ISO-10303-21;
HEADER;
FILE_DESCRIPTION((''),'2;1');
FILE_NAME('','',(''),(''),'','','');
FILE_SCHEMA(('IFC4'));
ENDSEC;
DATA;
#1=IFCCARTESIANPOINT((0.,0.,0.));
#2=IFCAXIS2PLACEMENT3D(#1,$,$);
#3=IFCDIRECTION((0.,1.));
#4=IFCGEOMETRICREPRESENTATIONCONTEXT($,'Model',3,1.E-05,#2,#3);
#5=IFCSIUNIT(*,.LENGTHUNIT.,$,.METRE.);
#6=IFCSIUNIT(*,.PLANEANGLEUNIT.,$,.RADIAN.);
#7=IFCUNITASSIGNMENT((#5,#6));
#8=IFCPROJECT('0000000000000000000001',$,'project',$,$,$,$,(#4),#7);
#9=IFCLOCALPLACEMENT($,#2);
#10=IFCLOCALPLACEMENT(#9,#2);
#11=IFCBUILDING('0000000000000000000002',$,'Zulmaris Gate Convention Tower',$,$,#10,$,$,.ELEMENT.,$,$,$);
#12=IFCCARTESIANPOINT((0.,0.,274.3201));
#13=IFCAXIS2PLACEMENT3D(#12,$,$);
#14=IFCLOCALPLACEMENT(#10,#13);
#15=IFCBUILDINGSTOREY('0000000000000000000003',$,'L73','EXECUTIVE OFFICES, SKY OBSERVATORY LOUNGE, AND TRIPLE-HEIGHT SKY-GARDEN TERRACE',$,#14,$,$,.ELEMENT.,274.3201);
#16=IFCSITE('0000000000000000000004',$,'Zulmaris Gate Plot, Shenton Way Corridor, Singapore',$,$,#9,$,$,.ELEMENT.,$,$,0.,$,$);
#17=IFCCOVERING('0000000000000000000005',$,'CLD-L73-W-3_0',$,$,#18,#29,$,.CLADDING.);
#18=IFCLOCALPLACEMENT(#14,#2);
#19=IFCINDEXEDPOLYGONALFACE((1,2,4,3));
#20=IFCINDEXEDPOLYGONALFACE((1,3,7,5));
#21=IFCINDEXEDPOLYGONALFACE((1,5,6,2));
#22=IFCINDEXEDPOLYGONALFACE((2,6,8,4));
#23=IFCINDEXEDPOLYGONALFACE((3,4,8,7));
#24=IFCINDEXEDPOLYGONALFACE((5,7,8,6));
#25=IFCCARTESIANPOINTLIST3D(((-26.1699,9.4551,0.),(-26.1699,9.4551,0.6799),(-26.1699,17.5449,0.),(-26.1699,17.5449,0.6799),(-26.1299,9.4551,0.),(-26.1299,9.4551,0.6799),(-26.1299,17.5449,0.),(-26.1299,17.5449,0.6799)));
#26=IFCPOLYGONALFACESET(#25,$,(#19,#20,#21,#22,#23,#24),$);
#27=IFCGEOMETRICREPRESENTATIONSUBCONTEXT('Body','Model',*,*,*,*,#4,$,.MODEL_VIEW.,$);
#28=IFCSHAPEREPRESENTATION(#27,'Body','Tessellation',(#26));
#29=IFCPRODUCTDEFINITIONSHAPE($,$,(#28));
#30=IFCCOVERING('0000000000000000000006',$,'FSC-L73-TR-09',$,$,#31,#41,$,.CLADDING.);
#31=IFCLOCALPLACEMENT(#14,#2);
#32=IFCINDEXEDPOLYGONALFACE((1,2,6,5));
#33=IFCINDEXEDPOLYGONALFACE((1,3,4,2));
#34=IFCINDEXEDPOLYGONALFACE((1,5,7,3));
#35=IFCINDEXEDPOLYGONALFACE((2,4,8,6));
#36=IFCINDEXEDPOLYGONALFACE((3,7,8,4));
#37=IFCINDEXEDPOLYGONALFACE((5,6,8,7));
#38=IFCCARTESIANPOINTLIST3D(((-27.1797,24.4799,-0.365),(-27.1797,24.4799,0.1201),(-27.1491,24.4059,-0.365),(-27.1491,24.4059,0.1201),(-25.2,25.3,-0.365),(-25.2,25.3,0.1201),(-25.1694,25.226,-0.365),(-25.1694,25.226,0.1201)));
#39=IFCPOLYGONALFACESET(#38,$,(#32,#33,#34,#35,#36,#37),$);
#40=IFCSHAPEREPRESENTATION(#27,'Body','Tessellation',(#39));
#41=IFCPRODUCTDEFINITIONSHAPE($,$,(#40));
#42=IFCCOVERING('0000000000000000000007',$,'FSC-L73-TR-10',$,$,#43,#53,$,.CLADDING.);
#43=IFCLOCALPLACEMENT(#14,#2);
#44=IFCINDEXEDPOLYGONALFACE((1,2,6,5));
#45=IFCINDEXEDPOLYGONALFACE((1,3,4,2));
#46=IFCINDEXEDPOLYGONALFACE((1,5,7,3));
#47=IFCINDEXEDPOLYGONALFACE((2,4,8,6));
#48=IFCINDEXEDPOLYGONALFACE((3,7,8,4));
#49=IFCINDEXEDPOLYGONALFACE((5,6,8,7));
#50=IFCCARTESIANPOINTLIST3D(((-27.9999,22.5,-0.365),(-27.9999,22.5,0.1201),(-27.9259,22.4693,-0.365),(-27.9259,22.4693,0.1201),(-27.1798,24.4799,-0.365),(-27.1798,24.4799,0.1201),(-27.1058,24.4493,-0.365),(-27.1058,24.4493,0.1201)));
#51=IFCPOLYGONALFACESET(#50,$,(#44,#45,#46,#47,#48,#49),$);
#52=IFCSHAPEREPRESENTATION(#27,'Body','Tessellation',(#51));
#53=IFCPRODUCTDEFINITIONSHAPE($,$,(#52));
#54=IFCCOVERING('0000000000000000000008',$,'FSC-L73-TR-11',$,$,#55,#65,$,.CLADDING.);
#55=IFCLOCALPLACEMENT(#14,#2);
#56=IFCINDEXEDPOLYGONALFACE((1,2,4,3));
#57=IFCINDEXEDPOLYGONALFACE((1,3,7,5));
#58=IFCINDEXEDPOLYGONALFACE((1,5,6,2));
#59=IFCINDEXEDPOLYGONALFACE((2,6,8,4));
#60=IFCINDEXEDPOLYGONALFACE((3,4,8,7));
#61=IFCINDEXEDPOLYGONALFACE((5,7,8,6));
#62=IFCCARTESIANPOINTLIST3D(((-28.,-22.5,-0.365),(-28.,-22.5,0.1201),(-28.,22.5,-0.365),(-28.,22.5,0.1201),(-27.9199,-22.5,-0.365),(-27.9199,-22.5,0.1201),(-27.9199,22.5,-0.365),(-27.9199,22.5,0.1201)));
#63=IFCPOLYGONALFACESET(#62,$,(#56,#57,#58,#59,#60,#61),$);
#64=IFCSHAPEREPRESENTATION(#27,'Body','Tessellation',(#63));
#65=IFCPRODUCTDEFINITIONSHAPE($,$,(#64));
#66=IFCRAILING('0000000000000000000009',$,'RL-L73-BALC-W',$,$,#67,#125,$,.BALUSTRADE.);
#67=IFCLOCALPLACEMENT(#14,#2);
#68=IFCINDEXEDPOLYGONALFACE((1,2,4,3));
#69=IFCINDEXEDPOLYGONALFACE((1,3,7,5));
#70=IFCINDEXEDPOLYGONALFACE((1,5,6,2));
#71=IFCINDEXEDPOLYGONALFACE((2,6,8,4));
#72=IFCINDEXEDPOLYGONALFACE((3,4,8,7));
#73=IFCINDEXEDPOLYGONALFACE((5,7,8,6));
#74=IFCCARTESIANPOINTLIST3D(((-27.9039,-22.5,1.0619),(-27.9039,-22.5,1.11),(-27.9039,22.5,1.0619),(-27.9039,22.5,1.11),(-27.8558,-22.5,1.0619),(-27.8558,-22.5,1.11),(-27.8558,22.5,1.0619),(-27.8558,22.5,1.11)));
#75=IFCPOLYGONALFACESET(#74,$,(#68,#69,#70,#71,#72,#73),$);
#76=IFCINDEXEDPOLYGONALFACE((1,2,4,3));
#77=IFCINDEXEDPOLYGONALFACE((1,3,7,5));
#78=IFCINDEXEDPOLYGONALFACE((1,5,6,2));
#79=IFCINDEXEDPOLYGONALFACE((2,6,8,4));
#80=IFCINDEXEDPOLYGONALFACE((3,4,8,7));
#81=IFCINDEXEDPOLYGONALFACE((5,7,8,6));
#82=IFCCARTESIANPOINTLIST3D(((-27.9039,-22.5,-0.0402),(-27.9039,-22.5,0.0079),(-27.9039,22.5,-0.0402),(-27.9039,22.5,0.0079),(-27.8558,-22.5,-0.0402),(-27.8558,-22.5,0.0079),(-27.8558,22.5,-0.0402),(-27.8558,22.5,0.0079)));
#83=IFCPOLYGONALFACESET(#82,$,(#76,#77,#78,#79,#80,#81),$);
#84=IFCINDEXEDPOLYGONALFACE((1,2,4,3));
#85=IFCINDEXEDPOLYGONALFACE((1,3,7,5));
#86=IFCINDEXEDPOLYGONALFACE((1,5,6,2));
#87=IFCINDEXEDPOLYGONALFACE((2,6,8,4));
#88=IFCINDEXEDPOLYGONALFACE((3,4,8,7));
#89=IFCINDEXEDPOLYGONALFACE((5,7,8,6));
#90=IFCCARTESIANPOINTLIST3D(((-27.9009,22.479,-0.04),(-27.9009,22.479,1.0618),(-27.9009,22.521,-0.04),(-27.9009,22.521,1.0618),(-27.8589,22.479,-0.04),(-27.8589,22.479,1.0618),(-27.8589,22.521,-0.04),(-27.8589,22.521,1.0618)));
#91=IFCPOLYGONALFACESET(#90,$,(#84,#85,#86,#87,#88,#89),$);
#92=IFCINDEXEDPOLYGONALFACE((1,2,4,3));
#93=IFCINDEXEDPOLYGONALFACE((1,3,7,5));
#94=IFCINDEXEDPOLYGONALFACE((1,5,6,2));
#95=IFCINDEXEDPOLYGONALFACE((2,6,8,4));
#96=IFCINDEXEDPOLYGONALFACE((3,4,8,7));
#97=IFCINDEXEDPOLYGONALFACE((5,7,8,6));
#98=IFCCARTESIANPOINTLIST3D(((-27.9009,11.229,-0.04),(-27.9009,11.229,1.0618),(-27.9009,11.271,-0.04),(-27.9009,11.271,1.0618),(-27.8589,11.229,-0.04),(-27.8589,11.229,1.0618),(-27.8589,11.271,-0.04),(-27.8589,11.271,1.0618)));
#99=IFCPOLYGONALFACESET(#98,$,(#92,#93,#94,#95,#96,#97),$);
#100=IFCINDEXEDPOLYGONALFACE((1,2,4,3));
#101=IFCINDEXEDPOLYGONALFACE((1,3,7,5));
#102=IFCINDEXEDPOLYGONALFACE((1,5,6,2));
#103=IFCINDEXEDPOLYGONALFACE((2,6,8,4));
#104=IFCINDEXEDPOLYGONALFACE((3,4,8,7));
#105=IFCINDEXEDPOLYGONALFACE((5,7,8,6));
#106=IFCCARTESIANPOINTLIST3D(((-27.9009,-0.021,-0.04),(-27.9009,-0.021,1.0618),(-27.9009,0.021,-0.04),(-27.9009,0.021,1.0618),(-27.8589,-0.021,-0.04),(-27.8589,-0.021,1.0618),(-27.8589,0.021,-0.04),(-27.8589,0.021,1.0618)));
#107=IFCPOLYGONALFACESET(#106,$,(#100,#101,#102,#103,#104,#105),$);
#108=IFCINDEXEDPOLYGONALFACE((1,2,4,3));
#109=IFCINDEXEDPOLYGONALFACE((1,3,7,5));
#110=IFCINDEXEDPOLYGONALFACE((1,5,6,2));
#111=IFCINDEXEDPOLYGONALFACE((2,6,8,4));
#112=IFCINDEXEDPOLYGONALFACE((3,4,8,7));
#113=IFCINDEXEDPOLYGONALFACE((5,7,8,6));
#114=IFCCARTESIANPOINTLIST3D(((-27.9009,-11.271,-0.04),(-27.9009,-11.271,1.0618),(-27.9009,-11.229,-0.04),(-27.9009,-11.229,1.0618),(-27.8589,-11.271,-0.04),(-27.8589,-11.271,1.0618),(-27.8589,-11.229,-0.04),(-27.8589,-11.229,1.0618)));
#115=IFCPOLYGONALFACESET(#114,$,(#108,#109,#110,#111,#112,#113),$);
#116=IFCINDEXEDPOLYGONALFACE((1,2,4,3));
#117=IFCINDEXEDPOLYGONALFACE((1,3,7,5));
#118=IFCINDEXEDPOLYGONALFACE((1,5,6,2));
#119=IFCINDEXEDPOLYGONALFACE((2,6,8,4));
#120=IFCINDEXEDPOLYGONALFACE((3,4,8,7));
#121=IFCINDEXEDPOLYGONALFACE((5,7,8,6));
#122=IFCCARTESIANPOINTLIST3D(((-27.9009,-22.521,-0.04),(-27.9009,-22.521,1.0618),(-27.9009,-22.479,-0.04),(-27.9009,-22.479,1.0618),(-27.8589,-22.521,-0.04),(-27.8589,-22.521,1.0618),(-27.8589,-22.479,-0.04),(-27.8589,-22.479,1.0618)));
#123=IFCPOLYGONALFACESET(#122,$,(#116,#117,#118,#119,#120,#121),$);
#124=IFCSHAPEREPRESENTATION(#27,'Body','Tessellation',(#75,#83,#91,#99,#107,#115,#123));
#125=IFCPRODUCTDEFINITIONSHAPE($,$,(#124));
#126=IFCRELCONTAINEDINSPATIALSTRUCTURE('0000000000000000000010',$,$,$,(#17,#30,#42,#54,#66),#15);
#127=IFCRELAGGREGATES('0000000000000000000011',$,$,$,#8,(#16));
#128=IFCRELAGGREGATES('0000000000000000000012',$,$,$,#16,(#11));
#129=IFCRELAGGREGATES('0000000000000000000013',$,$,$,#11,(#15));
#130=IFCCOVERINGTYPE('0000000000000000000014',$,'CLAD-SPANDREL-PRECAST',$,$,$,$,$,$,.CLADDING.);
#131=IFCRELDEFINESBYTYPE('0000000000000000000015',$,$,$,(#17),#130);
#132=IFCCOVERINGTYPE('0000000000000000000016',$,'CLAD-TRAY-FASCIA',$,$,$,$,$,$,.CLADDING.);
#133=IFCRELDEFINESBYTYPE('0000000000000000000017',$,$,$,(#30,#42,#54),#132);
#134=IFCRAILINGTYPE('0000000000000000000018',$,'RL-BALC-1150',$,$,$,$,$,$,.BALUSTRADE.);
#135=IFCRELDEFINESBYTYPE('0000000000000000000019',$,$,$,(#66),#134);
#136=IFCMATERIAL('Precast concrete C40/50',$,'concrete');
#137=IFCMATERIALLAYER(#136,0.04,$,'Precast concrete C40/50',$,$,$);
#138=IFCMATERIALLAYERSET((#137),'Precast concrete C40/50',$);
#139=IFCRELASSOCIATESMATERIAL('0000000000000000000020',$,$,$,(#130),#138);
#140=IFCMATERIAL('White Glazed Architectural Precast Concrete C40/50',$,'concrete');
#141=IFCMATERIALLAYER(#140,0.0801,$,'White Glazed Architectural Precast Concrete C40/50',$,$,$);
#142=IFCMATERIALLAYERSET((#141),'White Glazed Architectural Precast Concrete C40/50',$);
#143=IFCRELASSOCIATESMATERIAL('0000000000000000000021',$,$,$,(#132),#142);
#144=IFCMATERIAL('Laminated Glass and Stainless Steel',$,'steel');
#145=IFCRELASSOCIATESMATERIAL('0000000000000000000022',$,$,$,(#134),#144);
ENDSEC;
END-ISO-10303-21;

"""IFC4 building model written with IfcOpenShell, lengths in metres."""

from ifc_helpers import new_model, si_unit, direction, frame, frame_2d, origin, origin_2d, place, context, subcontext, project, spatial, rectangle, extrude, material, layer, layer_set, type_object, element, save


model = new_model("IFC4")

# Units and contexts
model_context = context("Model", 3, precision=1e-05, world=origin(), true_north=direction((0.0, 1.0)))
body_context = subcontext(model_context, "Body", "Model", "MODEL_VIEW")
ifc_project = project(units=[si_unit("LENGTHUNIT", "METRE"), si_unit("PLANEANGLEUNIT", "RADIAN")], contexts=[model_context])

# Site, building, storey
site_placement = place(None, origin())
site = spatial("IfcSite", under=ifc_project, at=site_placement, Name="Zulmaris Gate Plot, Shenton Way Corridor, Singapore", CompositionType="ELEMENT", RefElevation=0.0)
building_placement = place(site_placement, origin())
building = spatial("IfcBuilding", under=site, at=building_placement, Name="Zulmaris Gate Convention Tower", CompositionType="ELEMENT")
storey_placement = place(building_placement, frame((0.0, 0.0, 274.3201)))
storey = spatial("IfcBuildingStorey", under=building, at=storey_placement, Name="L73", Description="EXECUTIVE OFFICES, SKY OBSERVATORY LOUNGE, AND TRIPLE-HEIGHT SKY-GARDEN TERRACE", CompositionType="ELEMENT", Elevation=274.3201)

# Shared definitions
ifc_material_1 = material(Name="Precast concrete C40/50", Category="concrete")

# Coverings
ifc_layer_1 = layer(ifc_material_1, 0.04, Name="Precast concrete C40/50")
ifc_layer_set_1 = layer_set([ifc_layer_1], Name="Precast concrete C40/50")
covering_type_1 = type_object("IfcCoveringType", Name="CLAD-SPANDREL-PRECAST", PredefinedType="CLADDING", material=ifc_layer_set_1)
covering_1_placement = place(storey_placement, frame((-26.1499, 17.5449, 0.0), z_axis=(0.0, 0.0, 1.0), x_axis=(0.0, -1.0, 0.0)))
element("IfcCovering", 1, at=covering_1_placement, inside=storey, type_object=covering_type_1, Name="CLD-L73-W-3_0", PredefinedType="CLADDING", context=body_context, shape_type="SweptSolid", body=[
    extrude(rectangle(XDim=8.0898, YDim=0.04, at=frame_2d((4.0449, 0.0))), origin(), (0.0, 0.0, 1.0), 0.6799),
])
ifc_material_2 = material(Name="White Glazed Architectural Precast Concrete C40/50", Category="concrete")
ifc_layer_2 = layer(ifc_material_2, 0.0801, Name="White Glazed Architectural Precast Concrete C40/50")
ifc_layer_set_2 = layer_set([ifc_layer_2], Name="White Glazed Architectural Precast Concrete C40/50")
covering_type_2 = type_object("IfcCoveringType", Name="CLAD-TRAY-FASCIA", PredefinedType="CLADDING", material=ifc_layer_set_2)
covering_2_placement = place(storey_placement, frame((-25.1848, 25.2629, -0.365), z_axis=(0.0, 0.0, 1.0), x_axis=(-0.923874, -0.382697, 0.0)))
element("IfcCovering", 2, at=covering_2_placement, inside=storey, type_object=covering_type_2, Name="FSC-L73-TR-09", PredefinedType="CLADDING", context=body_context, shape_type="SweptSolid", body=[
    extrude(rectangle(XDim=2.1428, YDim=0.0801, at=frame_2d((1.0713, 0.0))), origin(), (0.0, 0.0, 1.0), 0.4851),
])
covering_3_placement = place(storey_placement, frame((-27.1428, 24.4646, -0.365), z_axis=(0.0, 0.0, 1.0), x_axis=(-0.382657, -0.92389, 0.0)))
element("IfcCovering", 3, at=covering_3_placement, inside=storey, type_object=covering_type_2, Name="FSC-L73-TR-10", PredefinedType="CLADDING", context=body_context, shape_type="SweptSolid", body=[
    extrude(rectangle(XDim=2.1431, YDim=0.0801, at=frame_2d((1.0715, 0.0))), origin(), (0.0, 0.0, 1.0), 0.4851),
])
covering_4_placement = place(storey_placement, frame((-27.96, 22.5, -0.365), z_axis=(0.0, 0.0, 1.0), x_axis=(0.0, -1.0, 0.0)))
element("IfcCovering", 4, at=covering_4_placement, inside=storey, type_object=covering_type_2, Name="FSC-L73-TR-11", PredefinedType="CLADDING", context=body_context, shape_type="SweptSolid", body=[
    extrude(rectangle(XDim=45.0, YDim=0.0801, at=frame_2d((22.5, 0.0))), origin(), (0.0, 0.0, 1.0), 0.4851),
])

# Railing
ifc_material_3 = material(Name="Laminated Glass and Stainless Steel", Category="steel")
railing_type = type_object("IfcRailingType", Name="RL-BALC-1150", PredefinedType="BALUSTRADE", material=ifc_material_3)
railing_placement = place(storey_placement, frame((-27.8799, 22.5, -0.04)))
element("IfcRailing", 5, at=railing_placement, inside=storey, type_object=railing_type, Name="RL-L73-BALC-W", PredefinedType="BALUSTRADE", context=body_context, shape_type="SweptSolid", body=[
    extrude(rectangle(XDim=0.0481, YDim=0.0481, at=origin_2d()), frame((0.0, 0.0, 1.126), z_axis=(0.0, -1.0, 0.0), x_axis=(1.0, 0.0, 0.0)), (0.0, 0.0, 1.0), 45.0),
    extrude(rectangle(XDim=0.0481, YDim=0.0481, at=origin_2d()), frame((0.0, 0.0, 0.0239), z_axis=(0.0, -1.0, 0.0), x_axis=(1.0, 0.0, 0.0)), (0.0, 0.0, 1.0), 45.0),
    extrude(rectangle(XDim=0.042, YDim=0.042, at=origin_2d()), origin(), (0.0, 0.0, 1.0), 1.1018),
    extrude(rectangle(XDim=0.042, YDim=0.042, at=origin_2d()), frame((0.0, -11.25, 0.0)), (0.0, 0.0, 1.0), 1.1018),
    extrude(rectangle(XDim=0.042, YDim=0.042, at=origin_2d()), frame((0.0, -22.5, 0.0)), (0.0, 0.0, 1.0), 1.1018),
    extrude(rectangle(XDim=0.042, YDim=0.042, at=origin_2d()), frame((0.0, -33.75, 0.0)), (0.0, 0.0, 1.0), 1.1018),
    extrude(rectangle(XDim=0.042, YDim=0.042, at=origin_2d()), frame((0.0, -45.0, 0.0)), (0.0, 0.0, 1.0), 1.1018),
])

save(model, "model.ifc")
